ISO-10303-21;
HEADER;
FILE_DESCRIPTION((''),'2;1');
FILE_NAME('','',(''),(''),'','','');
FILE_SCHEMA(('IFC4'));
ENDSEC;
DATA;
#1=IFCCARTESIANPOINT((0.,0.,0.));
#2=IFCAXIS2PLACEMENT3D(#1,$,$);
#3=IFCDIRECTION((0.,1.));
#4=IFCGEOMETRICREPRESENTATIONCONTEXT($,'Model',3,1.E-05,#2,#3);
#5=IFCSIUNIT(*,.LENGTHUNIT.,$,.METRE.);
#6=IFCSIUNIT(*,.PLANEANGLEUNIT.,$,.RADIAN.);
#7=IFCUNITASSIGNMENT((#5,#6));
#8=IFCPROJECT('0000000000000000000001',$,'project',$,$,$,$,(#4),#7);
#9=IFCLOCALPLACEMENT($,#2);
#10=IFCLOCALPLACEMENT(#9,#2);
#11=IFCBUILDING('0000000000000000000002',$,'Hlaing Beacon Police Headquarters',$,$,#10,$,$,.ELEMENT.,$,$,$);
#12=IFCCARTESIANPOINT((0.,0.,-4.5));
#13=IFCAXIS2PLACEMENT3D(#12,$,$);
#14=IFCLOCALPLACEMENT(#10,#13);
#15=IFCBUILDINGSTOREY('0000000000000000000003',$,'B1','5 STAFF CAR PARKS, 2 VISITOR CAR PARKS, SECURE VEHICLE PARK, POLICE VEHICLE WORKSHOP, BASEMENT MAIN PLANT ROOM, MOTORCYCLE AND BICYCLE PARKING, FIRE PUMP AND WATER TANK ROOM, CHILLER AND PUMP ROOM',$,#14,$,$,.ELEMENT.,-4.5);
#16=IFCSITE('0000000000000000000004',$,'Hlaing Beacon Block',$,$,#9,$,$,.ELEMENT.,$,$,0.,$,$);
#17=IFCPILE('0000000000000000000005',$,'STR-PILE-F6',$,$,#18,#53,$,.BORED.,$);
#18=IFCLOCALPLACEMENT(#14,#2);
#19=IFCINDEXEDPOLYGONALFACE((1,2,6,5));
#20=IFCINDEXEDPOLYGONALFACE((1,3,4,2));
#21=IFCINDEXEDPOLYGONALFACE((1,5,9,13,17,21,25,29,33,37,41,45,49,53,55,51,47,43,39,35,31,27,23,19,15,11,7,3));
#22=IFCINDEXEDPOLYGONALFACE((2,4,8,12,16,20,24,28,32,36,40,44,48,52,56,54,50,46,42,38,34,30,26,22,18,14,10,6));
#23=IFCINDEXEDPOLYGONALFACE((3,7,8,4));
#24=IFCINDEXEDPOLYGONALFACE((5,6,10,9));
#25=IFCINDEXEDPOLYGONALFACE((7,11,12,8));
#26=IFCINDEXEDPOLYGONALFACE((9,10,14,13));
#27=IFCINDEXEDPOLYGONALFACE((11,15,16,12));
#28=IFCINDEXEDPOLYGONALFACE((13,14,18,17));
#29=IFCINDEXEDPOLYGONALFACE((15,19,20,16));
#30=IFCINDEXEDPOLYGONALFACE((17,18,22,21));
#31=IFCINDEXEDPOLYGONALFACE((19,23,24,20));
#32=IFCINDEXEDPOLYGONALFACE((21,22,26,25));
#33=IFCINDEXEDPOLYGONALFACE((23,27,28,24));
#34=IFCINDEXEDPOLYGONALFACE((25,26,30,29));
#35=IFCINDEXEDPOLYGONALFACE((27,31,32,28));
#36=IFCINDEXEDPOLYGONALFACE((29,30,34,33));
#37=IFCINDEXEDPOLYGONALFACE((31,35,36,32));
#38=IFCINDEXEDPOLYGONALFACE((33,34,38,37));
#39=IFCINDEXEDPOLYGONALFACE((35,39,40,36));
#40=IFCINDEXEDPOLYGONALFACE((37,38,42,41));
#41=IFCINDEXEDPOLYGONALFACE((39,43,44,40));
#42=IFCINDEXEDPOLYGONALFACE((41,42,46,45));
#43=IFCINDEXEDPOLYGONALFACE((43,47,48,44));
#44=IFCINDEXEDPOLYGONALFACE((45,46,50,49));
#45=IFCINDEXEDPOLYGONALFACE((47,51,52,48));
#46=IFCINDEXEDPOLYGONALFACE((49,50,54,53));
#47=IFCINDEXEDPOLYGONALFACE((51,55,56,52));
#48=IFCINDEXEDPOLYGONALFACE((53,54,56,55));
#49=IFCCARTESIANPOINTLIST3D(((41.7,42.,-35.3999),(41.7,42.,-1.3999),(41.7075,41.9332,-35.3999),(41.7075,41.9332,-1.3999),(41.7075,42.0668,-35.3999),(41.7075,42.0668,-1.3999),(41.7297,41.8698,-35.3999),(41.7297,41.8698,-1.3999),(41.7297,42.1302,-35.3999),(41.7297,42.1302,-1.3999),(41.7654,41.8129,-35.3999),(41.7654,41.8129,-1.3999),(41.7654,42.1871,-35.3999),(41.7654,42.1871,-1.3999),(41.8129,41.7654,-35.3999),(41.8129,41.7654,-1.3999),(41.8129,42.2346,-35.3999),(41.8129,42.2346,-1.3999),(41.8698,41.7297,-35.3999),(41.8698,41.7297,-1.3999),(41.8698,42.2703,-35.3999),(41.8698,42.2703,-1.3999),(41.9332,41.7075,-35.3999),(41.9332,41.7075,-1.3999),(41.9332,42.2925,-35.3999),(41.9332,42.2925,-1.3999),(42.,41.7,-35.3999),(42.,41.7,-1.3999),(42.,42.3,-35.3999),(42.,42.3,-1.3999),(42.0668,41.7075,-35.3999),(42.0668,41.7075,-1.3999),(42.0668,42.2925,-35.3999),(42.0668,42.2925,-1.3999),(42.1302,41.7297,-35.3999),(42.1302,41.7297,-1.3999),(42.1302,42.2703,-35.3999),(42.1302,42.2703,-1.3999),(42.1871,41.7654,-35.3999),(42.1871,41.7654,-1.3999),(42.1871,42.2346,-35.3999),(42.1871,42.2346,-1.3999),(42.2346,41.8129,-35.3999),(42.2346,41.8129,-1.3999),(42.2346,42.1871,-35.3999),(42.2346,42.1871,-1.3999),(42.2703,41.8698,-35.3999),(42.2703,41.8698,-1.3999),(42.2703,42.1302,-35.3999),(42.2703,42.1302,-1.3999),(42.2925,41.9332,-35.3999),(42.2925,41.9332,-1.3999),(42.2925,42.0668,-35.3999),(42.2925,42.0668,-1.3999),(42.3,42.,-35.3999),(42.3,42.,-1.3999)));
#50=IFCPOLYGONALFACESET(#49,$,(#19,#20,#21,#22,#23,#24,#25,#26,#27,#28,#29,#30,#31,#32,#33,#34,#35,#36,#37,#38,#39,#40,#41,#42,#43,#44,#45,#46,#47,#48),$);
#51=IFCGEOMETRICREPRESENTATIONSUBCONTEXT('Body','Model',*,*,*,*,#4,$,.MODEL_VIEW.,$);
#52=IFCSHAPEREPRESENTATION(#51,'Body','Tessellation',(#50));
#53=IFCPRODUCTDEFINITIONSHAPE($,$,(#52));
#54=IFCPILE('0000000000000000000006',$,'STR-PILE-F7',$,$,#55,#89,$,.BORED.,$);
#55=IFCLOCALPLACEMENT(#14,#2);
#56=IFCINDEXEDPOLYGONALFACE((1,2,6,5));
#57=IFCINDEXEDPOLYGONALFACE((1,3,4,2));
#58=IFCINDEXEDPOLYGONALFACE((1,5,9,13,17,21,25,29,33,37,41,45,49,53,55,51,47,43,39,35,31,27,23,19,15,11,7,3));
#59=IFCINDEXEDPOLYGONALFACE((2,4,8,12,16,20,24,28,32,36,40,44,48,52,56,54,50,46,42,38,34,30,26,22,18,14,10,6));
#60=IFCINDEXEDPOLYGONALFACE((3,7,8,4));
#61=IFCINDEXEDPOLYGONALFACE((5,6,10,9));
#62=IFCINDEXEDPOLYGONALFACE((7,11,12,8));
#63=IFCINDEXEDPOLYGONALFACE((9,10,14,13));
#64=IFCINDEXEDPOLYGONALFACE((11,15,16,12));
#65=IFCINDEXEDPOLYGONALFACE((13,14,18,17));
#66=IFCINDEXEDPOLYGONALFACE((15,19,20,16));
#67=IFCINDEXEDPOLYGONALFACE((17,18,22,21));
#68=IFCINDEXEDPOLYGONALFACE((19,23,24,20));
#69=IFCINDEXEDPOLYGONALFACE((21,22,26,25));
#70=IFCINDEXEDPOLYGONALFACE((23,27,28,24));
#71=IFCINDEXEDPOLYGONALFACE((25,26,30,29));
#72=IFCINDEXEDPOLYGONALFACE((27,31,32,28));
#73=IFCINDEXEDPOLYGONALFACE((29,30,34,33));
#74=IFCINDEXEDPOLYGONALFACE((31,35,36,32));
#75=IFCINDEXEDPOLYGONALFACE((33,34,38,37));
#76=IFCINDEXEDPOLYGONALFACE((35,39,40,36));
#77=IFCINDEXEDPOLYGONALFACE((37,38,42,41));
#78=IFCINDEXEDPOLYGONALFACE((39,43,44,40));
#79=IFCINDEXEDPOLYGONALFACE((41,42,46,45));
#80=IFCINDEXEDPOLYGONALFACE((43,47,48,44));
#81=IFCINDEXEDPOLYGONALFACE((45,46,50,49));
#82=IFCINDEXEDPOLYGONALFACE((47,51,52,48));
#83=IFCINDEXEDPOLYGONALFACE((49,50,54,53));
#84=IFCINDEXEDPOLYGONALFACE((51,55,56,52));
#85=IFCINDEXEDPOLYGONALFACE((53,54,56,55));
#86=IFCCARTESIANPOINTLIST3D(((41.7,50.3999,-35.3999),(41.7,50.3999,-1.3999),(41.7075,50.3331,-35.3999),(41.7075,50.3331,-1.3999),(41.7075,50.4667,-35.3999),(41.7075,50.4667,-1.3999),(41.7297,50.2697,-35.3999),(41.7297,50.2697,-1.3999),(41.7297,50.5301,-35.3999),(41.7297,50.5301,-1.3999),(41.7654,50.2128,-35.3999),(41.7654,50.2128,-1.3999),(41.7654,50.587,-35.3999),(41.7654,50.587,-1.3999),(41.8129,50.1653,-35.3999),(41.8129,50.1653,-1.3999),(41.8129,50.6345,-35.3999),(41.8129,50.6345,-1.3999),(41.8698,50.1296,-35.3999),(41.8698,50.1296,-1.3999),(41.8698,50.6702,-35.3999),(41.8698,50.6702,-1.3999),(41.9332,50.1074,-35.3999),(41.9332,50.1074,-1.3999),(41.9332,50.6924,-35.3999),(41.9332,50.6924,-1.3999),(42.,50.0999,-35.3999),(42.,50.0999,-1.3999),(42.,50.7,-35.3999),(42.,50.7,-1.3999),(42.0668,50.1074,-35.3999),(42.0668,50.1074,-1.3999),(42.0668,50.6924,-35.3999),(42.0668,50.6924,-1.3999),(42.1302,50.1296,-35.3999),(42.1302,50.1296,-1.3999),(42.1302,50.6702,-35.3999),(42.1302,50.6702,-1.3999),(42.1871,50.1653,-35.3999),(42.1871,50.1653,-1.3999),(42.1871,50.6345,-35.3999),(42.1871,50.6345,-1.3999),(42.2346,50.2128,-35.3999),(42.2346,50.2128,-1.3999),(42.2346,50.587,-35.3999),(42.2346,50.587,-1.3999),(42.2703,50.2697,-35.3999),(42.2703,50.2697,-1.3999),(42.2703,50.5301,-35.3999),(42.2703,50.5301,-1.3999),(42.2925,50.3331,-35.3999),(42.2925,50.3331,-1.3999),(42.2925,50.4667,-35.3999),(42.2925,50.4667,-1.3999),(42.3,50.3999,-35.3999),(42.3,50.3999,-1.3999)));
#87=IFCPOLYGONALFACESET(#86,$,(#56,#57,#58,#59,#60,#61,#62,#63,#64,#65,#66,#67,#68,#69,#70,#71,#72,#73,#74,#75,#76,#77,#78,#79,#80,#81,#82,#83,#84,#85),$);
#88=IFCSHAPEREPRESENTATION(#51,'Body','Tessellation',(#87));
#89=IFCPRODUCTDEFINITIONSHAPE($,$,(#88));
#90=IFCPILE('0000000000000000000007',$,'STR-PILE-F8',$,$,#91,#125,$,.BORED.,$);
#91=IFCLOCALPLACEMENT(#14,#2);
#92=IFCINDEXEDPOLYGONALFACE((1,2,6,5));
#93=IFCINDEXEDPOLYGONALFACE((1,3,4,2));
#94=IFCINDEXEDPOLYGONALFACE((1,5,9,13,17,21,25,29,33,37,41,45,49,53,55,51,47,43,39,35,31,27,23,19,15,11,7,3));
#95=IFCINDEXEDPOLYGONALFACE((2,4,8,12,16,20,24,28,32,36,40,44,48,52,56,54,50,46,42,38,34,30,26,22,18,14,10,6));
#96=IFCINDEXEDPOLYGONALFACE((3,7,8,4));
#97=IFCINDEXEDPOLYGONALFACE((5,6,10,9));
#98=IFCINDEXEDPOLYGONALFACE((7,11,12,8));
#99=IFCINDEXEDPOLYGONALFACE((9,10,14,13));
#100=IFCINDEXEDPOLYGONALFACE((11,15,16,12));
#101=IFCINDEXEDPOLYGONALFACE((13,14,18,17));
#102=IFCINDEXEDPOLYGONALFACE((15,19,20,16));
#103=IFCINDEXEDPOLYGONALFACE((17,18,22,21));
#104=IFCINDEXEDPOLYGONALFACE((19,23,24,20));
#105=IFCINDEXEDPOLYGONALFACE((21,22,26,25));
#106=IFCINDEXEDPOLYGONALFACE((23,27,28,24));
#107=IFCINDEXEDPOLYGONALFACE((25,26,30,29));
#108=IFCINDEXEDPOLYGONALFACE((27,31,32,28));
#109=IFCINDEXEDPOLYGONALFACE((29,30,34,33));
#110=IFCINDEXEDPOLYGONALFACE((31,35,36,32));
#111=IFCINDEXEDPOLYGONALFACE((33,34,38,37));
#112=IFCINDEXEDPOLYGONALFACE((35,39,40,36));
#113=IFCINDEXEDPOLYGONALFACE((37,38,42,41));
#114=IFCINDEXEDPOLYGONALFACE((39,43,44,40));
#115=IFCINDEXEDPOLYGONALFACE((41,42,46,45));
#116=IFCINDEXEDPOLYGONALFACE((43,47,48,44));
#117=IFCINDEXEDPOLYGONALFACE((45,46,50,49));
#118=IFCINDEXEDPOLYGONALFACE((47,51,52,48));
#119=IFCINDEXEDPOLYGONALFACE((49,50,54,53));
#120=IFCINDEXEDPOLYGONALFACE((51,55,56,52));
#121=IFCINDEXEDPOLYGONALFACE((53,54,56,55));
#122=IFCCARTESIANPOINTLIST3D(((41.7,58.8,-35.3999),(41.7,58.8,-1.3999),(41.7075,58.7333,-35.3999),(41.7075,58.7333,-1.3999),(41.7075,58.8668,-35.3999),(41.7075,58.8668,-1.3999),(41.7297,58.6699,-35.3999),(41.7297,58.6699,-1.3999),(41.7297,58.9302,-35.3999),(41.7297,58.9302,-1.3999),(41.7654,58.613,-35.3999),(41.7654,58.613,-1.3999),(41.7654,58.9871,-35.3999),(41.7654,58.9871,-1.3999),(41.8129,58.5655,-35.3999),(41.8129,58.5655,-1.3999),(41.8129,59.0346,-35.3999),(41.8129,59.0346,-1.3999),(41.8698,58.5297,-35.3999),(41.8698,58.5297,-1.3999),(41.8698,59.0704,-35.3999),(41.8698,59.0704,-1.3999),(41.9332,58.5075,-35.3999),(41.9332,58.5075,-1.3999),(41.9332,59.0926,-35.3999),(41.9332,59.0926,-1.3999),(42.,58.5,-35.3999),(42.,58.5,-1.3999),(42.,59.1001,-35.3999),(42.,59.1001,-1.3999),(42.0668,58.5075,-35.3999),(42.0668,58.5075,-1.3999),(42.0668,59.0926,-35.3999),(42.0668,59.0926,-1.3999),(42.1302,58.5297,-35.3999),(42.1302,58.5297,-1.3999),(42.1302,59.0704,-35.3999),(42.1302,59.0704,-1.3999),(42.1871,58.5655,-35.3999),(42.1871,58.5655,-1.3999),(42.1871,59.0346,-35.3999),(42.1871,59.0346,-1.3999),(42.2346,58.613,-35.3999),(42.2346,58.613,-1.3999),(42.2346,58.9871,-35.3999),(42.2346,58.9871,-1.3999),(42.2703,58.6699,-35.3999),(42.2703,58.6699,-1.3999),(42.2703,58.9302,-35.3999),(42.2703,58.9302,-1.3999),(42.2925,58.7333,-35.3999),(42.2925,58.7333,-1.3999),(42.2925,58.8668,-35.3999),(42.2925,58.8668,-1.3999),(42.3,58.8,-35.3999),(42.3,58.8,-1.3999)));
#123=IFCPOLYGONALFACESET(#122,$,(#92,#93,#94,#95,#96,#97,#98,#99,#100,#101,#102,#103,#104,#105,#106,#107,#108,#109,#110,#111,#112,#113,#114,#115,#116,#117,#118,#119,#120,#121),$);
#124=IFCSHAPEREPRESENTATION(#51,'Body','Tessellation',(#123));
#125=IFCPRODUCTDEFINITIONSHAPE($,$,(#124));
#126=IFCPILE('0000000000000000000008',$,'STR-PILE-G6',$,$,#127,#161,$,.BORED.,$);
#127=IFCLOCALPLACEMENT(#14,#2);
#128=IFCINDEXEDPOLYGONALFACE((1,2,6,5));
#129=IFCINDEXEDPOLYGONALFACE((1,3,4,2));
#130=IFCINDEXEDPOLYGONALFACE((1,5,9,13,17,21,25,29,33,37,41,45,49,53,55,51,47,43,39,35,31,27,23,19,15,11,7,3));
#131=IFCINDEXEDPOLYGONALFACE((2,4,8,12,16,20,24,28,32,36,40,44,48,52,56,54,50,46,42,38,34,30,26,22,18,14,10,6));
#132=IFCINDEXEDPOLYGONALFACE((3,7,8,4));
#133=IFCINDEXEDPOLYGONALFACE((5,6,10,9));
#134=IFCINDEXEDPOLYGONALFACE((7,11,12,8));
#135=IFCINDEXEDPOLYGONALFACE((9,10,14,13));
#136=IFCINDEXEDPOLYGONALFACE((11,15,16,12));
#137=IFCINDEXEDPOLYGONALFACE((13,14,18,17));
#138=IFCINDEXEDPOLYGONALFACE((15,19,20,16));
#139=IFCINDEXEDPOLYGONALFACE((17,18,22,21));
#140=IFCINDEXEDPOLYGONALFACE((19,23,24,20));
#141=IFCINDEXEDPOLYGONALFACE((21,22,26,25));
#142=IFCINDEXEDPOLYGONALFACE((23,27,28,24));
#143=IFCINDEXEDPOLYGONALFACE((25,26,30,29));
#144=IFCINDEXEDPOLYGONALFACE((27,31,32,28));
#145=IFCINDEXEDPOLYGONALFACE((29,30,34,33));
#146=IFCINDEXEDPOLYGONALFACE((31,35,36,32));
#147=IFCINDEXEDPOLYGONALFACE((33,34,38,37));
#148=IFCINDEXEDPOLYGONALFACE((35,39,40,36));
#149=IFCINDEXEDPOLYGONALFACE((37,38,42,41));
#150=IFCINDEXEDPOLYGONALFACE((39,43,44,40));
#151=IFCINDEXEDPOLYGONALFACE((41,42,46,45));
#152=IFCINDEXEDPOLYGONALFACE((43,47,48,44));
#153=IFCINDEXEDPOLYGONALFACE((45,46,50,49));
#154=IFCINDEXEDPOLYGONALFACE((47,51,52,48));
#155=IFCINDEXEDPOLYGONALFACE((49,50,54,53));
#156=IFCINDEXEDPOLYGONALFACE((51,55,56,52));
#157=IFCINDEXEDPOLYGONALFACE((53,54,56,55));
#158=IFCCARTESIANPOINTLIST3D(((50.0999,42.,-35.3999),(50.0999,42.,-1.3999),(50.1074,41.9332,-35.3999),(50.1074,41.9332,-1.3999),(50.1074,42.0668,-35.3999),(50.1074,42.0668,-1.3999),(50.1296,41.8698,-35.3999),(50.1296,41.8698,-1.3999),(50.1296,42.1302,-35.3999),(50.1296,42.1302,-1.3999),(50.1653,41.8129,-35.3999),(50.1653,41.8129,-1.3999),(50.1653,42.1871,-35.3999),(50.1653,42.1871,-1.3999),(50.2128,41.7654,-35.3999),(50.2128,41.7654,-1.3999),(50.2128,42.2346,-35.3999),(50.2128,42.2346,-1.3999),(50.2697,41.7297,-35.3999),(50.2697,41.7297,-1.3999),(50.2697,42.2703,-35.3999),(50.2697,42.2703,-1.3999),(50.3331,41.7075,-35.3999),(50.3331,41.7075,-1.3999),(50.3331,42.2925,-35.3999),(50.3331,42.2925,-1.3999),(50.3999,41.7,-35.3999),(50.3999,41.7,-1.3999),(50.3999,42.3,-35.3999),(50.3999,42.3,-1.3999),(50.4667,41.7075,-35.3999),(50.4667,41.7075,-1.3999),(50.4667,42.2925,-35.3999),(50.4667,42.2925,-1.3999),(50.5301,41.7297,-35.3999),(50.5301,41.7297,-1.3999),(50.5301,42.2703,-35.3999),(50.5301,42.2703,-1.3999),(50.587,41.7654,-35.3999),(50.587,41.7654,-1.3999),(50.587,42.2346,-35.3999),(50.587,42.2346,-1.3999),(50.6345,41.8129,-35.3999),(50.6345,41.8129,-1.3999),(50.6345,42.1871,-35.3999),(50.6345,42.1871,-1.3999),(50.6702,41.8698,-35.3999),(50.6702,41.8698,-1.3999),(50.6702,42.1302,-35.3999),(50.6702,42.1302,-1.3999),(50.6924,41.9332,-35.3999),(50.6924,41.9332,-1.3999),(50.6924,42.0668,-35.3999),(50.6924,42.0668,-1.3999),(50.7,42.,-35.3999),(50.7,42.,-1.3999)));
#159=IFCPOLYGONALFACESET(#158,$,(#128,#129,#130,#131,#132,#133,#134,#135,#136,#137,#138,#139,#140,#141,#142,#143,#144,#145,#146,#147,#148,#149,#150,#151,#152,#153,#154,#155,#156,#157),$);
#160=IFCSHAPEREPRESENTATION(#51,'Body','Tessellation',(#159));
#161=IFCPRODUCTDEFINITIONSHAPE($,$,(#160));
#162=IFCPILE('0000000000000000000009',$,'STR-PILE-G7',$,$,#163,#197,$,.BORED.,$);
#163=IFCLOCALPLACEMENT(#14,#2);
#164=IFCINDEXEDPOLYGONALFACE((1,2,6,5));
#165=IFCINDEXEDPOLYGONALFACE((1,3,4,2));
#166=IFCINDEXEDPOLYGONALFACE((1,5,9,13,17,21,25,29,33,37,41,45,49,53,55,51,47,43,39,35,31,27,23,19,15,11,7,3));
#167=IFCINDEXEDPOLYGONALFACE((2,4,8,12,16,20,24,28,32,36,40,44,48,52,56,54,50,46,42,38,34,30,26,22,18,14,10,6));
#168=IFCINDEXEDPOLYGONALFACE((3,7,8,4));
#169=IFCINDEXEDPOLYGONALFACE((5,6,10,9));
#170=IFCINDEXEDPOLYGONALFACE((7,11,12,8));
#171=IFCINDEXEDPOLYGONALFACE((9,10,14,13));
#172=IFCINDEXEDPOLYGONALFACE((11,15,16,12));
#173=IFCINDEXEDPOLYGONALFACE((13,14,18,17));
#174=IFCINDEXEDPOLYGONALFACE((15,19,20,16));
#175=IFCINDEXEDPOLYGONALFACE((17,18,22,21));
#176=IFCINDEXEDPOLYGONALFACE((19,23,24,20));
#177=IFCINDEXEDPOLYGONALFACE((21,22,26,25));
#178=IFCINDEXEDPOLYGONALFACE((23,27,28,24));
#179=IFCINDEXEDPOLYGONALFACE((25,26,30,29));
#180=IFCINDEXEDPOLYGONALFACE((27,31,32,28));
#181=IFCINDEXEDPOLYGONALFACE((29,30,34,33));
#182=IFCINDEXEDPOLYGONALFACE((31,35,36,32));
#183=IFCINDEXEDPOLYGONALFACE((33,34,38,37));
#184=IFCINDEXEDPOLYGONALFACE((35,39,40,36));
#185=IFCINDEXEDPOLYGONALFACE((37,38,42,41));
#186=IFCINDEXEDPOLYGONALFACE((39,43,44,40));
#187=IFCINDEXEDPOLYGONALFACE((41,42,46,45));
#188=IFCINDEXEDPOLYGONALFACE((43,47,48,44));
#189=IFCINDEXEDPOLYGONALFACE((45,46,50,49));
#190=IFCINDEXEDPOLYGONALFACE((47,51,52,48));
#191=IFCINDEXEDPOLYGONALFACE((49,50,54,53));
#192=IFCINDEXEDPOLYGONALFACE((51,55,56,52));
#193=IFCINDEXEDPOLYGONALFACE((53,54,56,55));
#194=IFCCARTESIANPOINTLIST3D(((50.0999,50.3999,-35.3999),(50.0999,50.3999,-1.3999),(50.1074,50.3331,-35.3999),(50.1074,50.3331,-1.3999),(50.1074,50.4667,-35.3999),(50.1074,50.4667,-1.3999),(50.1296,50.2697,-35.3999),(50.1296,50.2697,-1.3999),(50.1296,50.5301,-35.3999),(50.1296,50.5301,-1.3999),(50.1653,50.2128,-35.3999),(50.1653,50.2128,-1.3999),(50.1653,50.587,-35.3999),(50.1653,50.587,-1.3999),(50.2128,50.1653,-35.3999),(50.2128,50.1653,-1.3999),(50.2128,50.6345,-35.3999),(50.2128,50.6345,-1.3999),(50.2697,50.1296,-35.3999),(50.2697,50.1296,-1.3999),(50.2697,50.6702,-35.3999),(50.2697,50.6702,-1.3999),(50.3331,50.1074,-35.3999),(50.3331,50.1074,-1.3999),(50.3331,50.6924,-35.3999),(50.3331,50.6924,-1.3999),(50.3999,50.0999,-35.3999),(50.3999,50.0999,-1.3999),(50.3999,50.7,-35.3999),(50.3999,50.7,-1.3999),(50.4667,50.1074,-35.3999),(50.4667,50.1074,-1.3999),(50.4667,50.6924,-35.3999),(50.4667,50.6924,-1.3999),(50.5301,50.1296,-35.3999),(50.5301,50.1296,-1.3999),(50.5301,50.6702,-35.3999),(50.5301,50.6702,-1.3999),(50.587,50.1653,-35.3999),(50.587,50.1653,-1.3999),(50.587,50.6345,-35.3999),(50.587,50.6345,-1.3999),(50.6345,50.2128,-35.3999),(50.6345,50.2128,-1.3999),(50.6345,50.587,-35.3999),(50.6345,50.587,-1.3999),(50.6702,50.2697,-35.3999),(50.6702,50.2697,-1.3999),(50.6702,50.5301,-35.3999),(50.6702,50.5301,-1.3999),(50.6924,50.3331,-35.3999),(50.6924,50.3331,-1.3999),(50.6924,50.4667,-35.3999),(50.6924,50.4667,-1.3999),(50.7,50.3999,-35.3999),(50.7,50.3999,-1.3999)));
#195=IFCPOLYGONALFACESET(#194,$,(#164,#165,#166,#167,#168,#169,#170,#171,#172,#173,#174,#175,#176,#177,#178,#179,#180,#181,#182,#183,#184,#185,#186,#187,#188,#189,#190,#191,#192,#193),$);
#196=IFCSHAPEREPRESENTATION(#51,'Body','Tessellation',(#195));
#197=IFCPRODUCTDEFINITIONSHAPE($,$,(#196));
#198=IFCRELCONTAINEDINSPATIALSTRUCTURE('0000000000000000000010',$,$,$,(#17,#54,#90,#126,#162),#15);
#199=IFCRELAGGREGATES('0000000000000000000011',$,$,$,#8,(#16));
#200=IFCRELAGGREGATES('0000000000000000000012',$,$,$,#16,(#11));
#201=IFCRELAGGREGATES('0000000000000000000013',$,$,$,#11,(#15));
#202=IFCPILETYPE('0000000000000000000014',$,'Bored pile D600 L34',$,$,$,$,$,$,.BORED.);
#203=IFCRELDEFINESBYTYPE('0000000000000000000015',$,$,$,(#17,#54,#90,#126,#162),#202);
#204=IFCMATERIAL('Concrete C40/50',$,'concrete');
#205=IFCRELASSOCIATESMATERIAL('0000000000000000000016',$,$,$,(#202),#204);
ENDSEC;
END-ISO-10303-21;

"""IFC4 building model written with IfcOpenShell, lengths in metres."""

from ifc_helpers import new_model, si_unit, direction, frame, origin, origin_2d, place, context, subcontext, project, spatial, circle, extrude, material, material_profile, profile_set, type_object, element, save


model = new_model("IFC4")

# Units and contexts
model_context = context("Model", 3, precision=1e-05, world=origin(), true_north=direction((0.0, 1.0)))
body_context = subcontext(model_context, "Body", "Model", "MODEL_VIEW")
ifc_project = project(units=[si_unit("LENGTHUNIT", "METRE"), si_unit("PLANEANGLEUNIT", "RADIAN")], contexts=[model_context])

# Site, building, storey
site_placement = place(None, origin())
site = spatial("IfcSite", under=ifc_project, at=site_placement, Name="Hlaing Beacon Block", CompositionType="ELEMENT", RefElevation=0.0)
building_placement = place(site_placement, origin())
building = spatial("IfcBuilding", under=site, at=building_placement, Name="Hlaing Beacon Police Headquarters", CompositionType="ELEMENT")
storey_placement = place(building_placement, frame((0.0, 0.0, -4.5)))
storey = spatial("IfcBuildingStorey", under=building, at=storey_placement, Name="B1", Description="5 STAFF CAR PARKS, 2 VISITOR CAR PARKS, SECURE VEHICLE PARK, POLICE VEHICLE WORKSHOP, BASEMENT MAIN PLANT ROOM, MOTORCYCLE AND BICYCLE PARKING, FIRE PUMP AND WATER TANK ROOM, CHILLER AND PUMP ROOM", CompositionType="ELEMENT", Elevation=-4.5)

# Piles
ifc_material_1 = material(Name="Concrete C40/50", Category="concrete")
ifc_material_profile_1 = material_profile(ifc_material_1, circle(Radius=0.3, at=origin_2d()), Name="D600")
ifc_profile_set_1 = profile_set([ifc_material_profile_1], Name="Concrete C40/50")
pile_type_1 = type_object("IfcPileType", Name="Bored pile D600 L34", PredefinedType="BORED", material=ifc_profile_set_1)
for number, where, z_axis, x_axis, name in (
    (1, (42.0, 42.0, -1.3999), (0.0, 0.0, -1.0), (1.0, 0.0, 0.0), "STR-PILE-F6"),
    (2, (42.0, 50.3999, -1.3999), (0.0, 0.0, -1.0), (1.0, 0.0, 0.0), "STR-PILE-F7"),
    (3, (42.0, 58.8, -1.3999), (0.0, 0.0, -1.0), (1.0, 0.0, 0.0), "STR-PILE-F8"),
    (4, (50.3999, 42.0, -1.3999), (0.0, 0.0, -1.0), (1.0, 0.0, 0.0), "STR-PILE-G6"),
    (5, (50.3999, 50.3999, -1.3999), (0.0, 0.0, -1.0), (1.0, 0.0, 0.0), "STR-PILE-G7"),
):
    element("IfcPile", number, at=place(storey_placement, frame(where, z_axis=z_axis, x_axis=x_axis)), inside=storey, type_object=pile_type_1, Name=name, PredefinedType="BORED", context=body_context, shape_type="SweptSolid", body=[
        extrude(circle(Radius=0.3, at=origin_2d()), origin(), (0.0, 0.0, 1.0), 34.0),
    ])

save(model, "model.ifc")
